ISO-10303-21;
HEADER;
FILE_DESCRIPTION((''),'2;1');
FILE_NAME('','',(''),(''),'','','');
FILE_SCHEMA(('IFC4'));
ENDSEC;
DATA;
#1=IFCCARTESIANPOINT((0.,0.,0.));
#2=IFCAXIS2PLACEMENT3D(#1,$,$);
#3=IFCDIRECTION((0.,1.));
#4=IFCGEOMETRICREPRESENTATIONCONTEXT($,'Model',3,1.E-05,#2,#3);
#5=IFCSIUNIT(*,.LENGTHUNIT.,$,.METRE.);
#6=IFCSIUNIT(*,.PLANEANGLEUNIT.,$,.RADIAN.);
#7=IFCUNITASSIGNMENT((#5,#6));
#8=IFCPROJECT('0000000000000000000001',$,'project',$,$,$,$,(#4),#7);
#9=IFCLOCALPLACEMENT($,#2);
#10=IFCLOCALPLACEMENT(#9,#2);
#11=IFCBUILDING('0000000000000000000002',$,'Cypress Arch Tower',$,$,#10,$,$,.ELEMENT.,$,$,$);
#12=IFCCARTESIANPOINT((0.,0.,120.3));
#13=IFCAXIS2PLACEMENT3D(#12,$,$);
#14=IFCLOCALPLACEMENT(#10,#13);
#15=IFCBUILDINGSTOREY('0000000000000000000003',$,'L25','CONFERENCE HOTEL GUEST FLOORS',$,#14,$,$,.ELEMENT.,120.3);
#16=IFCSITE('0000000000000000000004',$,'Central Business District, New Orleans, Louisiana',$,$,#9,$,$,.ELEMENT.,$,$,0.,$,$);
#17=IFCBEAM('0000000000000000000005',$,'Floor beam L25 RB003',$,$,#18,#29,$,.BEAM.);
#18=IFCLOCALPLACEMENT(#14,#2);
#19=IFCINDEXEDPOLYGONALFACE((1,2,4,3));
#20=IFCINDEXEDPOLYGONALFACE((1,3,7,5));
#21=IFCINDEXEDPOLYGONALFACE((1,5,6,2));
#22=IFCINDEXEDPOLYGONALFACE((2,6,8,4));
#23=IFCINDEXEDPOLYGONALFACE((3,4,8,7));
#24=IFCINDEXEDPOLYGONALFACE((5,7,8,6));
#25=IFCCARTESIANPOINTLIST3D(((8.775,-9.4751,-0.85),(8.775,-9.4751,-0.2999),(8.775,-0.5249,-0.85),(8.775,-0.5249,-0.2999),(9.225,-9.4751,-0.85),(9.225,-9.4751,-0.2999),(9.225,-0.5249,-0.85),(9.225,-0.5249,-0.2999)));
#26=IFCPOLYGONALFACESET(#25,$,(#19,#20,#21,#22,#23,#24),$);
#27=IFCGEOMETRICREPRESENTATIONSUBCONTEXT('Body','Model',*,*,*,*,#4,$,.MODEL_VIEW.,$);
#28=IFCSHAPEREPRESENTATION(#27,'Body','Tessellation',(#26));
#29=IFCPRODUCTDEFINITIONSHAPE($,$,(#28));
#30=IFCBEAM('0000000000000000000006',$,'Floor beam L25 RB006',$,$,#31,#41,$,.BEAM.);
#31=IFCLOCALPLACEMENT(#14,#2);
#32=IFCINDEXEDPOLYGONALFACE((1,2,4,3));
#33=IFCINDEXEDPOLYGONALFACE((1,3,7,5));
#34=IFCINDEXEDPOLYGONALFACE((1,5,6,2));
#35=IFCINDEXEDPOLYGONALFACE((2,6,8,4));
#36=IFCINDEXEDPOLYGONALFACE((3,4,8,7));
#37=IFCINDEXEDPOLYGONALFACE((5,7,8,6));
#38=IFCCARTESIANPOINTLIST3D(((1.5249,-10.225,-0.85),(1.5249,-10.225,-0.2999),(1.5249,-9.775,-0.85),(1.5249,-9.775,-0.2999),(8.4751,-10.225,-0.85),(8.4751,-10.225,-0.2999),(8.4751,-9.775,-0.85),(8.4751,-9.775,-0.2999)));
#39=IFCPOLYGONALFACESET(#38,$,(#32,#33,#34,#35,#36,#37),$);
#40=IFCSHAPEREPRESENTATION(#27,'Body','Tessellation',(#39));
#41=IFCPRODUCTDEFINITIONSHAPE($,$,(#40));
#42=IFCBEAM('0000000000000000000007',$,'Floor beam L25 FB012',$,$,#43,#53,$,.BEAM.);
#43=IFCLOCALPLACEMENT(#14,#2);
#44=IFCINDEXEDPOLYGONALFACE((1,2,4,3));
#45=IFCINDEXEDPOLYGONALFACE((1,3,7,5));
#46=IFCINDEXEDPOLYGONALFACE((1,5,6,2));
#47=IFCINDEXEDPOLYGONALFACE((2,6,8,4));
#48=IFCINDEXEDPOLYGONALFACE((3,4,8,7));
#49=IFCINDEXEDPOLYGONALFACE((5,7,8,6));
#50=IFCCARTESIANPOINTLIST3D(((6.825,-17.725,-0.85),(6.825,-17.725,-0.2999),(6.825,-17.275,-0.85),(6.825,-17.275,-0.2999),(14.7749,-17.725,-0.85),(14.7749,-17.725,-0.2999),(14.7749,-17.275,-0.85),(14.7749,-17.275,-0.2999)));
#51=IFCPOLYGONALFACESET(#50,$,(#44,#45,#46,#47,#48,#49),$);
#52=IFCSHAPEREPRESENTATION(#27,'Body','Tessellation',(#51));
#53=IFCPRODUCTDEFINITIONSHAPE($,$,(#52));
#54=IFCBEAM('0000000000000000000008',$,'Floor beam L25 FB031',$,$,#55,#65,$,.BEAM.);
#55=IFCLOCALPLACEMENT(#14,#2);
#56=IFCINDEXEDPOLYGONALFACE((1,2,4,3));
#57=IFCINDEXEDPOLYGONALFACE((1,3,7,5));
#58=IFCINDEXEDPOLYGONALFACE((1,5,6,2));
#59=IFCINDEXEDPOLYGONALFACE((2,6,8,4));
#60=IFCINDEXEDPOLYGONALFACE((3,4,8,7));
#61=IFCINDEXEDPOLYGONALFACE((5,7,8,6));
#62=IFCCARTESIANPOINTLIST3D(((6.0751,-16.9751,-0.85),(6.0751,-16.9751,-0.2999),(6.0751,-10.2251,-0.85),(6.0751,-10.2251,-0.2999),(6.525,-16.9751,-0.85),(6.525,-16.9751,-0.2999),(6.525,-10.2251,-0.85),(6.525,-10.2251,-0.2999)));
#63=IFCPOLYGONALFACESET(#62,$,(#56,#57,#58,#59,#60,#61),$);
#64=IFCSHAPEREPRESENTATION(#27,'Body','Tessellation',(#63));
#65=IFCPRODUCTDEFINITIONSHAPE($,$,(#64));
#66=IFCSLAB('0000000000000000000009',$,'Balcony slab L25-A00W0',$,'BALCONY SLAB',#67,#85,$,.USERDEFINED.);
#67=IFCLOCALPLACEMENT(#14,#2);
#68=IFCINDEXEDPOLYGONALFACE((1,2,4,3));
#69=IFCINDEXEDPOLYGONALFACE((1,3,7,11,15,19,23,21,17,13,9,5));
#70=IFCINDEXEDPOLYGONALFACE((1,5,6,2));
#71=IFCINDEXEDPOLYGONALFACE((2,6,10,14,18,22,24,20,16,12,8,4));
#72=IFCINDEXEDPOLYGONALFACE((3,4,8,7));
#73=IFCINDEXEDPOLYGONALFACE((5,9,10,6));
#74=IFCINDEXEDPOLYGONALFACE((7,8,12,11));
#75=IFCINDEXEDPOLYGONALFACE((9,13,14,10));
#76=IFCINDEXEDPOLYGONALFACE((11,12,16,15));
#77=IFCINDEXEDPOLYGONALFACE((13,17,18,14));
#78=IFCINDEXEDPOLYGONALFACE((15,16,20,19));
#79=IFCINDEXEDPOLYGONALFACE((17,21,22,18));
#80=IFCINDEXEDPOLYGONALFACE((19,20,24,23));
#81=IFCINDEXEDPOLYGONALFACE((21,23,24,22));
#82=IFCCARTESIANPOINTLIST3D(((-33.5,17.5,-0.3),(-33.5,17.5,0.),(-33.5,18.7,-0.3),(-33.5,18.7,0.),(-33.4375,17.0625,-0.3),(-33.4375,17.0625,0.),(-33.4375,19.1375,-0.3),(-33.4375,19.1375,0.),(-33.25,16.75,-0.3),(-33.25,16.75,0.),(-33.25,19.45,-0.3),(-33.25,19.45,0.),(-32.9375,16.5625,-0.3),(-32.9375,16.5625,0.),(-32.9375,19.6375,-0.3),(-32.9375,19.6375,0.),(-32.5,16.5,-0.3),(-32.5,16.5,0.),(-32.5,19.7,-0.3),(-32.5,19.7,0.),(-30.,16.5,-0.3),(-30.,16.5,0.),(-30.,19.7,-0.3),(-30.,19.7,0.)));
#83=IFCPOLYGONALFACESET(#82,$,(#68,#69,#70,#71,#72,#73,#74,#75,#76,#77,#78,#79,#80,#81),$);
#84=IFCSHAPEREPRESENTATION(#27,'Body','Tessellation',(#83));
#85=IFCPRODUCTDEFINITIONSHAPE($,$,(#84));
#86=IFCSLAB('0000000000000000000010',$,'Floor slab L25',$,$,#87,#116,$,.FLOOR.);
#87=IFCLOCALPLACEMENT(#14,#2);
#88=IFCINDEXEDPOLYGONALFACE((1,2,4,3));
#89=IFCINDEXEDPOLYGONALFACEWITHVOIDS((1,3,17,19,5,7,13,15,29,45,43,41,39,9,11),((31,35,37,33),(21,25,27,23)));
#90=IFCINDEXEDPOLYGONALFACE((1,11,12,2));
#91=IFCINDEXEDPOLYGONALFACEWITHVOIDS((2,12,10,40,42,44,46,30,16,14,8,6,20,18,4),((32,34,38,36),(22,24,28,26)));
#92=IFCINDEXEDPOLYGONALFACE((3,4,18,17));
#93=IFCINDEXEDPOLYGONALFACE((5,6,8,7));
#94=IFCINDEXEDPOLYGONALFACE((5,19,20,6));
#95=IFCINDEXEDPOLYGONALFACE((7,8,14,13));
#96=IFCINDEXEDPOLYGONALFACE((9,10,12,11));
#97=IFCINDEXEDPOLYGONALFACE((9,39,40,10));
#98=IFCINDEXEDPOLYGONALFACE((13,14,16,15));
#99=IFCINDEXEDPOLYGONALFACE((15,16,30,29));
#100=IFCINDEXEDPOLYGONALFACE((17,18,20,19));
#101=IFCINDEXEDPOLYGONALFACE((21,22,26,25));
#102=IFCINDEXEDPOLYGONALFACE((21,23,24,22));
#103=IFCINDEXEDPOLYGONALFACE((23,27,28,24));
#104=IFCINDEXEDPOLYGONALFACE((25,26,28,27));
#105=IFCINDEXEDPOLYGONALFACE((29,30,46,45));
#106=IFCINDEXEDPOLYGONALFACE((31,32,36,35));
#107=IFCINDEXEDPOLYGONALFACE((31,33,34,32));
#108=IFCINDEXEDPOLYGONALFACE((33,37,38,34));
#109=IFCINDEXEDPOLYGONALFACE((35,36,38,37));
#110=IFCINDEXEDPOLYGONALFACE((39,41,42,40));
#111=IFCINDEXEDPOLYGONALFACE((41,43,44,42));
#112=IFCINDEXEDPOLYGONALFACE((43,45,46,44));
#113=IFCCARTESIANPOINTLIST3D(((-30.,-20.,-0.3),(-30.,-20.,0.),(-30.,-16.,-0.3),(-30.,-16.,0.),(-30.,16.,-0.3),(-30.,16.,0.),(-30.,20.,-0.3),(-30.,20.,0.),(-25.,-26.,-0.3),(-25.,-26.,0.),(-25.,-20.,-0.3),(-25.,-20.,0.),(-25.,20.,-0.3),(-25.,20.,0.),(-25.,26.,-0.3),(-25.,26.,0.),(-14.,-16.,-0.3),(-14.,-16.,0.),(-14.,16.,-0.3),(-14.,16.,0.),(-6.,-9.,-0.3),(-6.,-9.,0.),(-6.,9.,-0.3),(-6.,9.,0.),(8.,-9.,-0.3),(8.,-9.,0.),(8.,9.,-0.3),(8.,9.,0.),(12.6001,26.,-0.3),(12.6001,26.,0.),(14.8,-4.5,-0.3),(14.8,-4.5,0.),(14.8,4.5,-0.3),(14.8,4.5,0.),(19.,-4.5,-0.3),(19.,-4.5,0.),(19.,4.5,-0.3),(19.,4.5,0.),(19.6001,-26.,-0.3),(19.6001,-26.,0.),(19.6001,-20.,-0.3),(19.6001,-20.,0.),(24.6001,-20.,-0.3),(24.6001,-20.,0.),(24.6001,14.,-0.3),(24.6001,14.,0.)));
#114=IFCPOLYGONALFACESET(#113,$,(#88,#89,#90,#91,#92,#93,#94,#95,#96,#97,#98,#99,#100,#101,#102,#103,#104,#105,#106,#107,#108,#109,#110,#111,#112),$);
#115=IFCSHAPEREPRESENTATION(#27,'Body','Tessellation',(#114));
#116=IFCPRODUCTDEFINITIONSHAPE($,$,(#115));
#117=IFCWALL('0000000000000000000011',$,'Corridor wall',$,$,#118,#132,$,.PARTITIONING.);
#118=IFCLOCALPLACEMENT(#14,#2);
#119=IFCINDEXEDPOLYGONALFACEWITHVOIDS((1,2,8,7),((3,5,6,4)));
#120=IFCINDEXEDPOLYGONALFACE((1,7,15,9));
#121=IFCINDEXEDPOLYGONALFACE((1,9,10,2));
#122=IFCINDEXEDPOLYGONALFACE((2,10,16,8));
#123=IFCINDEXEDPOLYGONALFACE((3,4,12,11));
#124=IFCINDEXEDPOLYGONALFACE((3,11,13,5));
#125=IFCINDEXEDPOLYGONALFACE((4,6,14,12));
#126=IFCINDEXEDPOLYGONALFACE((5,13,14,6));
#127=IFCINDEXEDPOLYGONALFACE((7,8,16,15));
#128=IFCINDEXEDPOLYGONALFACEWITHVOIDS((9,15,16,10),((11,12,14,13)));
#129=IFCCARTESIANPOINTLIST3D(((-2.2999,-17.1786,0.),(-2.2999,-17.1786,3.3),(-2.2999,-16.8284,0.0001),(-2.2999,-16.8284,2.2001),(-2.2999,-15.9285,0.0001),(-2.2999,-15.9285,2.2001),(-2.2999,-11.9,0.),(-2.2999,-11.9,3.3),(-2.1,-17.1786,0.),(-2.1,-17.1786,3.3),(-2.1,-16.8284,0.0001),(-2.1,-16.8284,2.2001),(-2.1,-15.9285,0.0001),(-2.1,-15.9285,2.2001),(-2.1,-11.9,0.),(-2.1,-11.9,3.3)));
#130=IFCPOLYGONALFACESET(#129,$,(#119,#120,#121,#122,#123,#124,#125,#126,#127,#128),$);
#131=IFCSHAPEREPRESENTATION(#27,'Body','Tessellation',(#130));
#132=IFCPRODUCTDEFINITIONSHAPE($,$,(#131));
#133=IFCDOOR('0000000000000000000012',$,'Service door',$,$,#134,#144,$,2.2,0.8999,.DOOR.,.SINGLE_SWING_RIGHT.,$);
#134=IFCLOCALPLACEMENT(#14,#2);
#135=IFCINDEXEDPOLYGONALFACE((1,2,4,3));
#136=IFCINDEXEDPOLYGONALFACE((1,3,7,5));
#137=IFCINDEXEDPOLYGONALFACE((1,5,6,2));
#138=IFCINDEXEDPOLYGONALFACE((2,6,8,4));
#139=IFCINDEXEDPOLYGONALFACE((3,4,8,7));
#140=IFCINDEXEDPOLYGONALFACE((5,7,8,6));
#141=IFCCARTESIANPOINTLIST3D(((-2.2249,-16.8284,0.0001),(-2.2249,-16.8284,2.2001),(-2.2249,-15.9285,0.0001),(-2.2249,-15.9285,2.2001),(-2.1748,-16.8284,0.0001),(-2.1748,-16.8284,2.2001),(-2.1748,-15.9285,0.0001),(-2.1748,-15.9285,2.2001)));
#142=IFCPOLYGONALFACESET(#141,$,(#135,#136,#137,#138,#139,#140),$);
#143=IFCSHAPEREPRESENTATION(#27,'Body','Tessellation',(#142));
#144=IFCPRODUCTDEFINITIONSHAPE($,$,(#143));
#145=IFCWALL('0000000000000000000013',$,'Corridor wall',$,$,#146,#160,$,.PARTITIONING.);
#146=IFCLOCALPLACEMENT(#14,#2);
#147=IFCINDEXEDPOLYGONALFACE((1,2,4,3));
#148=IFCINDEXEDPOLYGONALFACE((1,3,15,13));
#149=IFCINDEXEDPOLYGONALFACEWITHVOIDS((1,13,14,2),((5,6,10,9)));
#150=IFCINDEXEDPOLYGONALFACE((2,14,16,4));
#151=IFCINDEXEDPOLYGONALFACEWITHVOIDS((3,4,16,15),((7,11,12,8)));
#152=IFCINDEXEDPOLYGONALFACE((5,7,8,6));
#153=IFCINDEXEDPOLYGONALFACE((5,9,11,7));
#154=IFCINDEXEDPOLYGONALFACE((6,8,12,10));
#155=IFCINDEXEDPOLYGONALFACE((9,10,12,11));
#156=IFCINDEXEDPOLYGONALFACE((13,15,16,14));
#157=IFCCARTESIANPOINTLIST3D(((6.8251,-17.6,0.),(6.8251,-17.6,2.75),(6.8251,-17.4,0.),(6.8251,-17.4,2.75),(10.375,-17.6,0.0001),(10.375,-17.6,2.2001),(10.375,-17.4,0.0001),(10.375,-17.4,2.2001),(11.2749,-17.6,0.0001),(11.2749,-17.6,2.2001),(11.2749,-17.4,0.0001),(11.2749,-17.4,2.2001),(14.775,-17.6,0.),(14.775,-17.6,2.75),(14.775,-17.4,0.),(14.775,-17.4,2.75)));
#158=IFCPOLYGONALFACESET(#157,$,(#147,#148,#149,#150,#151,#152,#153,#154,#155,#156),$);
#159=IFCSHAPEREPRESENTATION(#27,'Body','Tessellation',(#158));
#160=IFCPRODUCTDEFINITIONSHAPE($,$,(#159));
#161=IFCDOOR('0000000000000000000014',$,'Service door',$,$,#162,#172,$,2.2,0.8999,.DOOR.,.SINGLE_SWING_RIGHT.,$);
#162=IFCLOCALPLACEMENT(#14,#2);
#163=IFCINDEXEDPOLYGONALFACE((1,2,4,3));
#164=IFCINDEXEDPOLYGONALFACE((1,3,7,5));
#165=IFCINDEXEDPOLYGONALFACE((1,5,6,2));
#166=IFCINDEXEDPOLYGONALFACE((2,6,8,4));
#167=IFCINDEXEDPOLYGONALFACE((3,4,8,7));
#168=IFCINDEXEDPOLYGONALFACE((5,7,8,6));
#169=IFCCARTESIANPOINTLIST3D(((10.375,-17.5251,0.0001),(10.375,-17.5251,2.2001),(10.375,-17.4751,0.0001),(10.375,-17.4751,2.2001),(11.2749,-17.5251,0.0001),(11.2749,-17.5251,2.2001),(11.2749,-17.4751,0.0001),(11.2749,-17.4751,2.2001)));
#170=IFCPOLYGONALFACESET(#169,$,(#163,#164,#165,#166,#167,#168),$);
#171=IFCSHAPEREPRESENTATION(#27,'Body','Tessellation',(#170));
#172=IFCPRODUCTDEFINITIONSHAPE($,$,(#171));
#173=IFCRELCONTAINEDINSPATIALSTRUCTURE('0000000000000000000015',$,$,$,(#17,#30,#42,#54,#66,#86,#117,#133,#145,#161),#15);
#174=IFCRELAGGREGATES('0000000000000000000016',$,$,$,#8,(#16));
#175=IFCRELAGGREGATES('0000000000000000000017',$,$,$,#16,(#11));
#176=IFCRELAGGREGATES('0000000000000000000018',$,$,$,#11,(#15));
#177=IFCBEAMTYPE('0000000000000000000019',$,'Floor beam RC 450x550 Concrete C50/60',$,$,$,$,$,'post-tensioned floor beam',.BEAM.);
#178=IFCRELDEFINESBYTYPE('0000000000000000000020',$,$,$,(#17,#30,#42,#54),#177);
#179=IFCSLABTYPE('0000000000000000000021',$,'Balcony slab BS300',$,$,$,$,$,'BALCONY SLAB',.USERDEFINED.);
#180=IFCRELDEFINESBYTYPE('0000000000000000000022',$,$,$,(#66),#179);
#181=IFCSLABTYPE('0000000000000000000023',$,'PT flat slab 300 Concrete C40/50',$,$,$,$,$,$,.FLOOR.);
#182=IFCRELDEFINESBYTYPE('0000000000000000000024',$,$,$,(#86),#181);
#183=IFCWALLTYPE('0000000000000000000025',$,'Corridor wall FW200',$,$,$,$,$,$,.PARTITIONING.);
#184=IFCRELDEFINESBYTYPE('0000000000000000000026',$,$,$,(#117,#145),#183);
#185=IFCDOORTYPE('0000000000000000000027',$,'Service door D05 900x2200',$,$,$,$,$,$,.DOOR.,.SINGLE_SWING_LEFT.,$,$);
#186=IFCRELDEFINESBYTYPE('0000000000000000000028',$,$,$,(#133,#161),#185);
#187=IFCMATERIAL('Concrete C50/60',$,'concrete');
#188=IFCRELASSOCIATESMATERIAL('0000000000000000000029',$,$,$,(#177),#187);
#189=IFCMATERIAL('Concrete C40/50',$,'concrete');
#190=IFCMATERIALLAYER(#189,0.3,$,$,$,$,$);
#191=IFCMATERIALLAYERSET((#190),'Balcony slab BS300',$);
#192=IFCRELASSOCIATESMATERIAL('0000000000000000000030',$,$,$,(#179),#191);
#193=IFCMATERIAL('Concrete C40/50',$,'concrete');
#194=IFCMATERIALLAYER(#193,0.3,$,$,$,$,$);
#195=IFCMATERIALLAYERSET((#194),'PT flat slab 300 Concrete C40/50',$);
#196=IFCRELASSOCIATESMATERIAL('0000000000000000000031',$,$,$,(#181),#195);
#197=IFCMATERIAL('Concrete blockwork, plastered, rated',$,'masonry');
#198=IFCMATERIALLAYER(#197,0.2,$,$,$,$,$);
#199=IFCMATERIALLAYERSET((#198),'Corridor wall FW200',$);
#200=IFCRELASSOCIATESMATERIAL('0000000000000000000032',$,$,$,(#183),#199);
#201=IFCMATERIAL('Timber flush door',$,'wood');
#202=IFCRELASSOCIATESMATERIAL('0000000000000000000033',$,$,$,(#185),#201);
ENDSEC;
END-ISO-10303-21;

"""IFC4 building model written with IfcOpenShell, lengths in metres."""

from ifc_helpers import new_model, si_unit, direction, frame, frame_2d, origin, origin_2d, place, context, subcontext, project, spatial, polyline, rectangle, outline, extrude, material, layer, layer_set, material_profile, profile_set, type_object, element, fill, save


model = new_model("IFC4")

# Units and contexts
model_context = context("Model", 3, precision=1e-05, world=origin(), true_north=direction((0.0, 1.0)))
body_context = subcontext(model_context, "Body", "Model", "MODEL_VIEW")
ifc_project = project(units=[si_unit("LENGTHUNIT", "METRE"), si_unit("PLANEANGLEUNIT", "RADIAN")], contexts=[model_context])

# Site, building, storey
site_placement = place(None, origin())
site = spatial("IfcSite", under=ifc_project, at=site_placement, Name="Central Business District, New Orleans, Louisiana", CompositionType="ELEMENT", RefElevation=0.0)
building_placement = place(site_placement, origin())
building = spatial("IfcBuilding", under=site, at=building_placement, Name="Cypress Arch Tower", CompositionType="ELEMENT")
storey_placement = place(building_placement, frame((0.0, 0.0, 120.3)))
storey = spatial("IfcBuildingStorey", under=building, at=storey_placement, Name="L25", Description="CONFERENCE HOTEL GUEST FLOORS", CompositionType="ELEMENT", Elevation=120.3)

# Beams
ifc_material_1 = material(Name="Concrete C50/60", Category="concrete")
ifc_material_profile_1 = material_profile(ifc_material_1, rectangle(XDim=0.45, YDim=0.55, at=origin_2d()), Name="RC 450x550")
ifc_profile_set_1 = profile_set([ifc_material_profile_1], Name="Concrete C50/60")
beam_type_1 = type_object("IfcBeamType", Name="Floor beam RC 450x550 Concrete C50/60", ElementType="post-tensioned floor beam", PredefinedType="BEAM", material=ifc_profile_set_1)
beam_1_placement = place(storey_placement, frame((9.0, -9.4751, -0.575), z_axis=(0.0, 1.0, 0.0), x_axis=(-1.0, 0.0, 0.0)))
element("IfcBeam", 1, at=beam_1_placement, inside=storey, type_object=beam_type_1, Name="Floor beam L25 RB003", PredefinedType="BEAM", context=body_context, shape_type="SweptSolid", body=[
    extrude(rectangle(XDim=0.45, YDim=0.55, at=origin_2d()), origin(), (0.0, 0.0, 1.0), 8.9502),
])
beam_2_placement = place(storey_placement, frame((1.5249, -10.0, -0.575), z_axis=(1.0, 0.0, 0.0), x_axis=(0.0, 1.0, 0.0)))
element("IfcBeam", 2, at=beam_2_placement, inside=storey, type_object=beam_type_1, Name="Floor beam L25 RB006", PredefinedType="BEAM", context=body_context, shape_type="SweptSolid", body=[
    extrude(rectangle(XDim=0.45, YDim=0.55, at=origin_2d()), origin(), (0.0, 0.0, 1.0), 6.9502),
])
beam_3_placement = place(storey_placement, frame((6.825, -17.5, -0.575), z_axis=(1.0, 0.0, 0.0), x_axis=(0.0, 1.0, 0.0)))
element("IfcBeam", 3, at=beam_3_placement, inside=storey, type_object=beam_type_1, Name="Floor beam L25 FB012", PredefinedType="BEAM", context=body_context, shape_type="SweptSolid", body=[
    extrude(rectangle(XDim=0.45, YDim=0.55, at=origin_2d()), origin(), (0.0, 0.0, 1.0), 7.95),
])
beam_4_placement = place(storey_placement, frame((6.3, -16.9751, -0.575), z_axis=(0.0, 1.0, 0.0), x_axis=(-1.0, 0.0, 0.0)))
element("IfcBeam", 4, at=beam_4_placement, inside=storey, type_object=beam_type_1, Name="Floor beam L25 FB031", PredefinedType="BEAM", context=body_context, shape_type="SweptSolid", body=[
    extrude(rectangle(XDim=0.45, YDim=0.55, at=origin_2d()), origin(), (0.0, 0.0, 1.0), 6.75),
])

# Slabs
ifc_material_2 = material(Name="Concrete C40/50", Category="concrete")
ifc_layer_1 = layer(ifc_material_2, 0.3)
ifc_layer_set_1 = layer_set([ifc_layer_1], Name="Balcony slab BS300")
slab_type_1 = type_object("IfcSlabType", Name="Balcony slab BS300", ElementType="BALCONY SLAB", PredefinedType="USERDEFINED", material=ifc_layer_set_1)
slab_1_placement = place(storey_placement, frame((0.0, 0.0, -0.3)))
element("IfcSlab", 5, at=slab_1_placement, inside=storey, type_object=slab_type_1, Name="Balcony slab L25-A00W0", ObjectType="BALCONY SLAB", PredefinedType="USERDEFINED", context=body_context, shape_type="SweptSolid", body=[
    extrude(outline(polyline([(-30.0, 19.7), (-32.5, 19.7), (-32.9375, 19.6375), (-33.25, 19.45), (-33.4375, 19.1375), (-33.5, 18.7), (-33.5, 17.5), (-33.4375, 17.0625), (-33.25, 16.75), (-32.9375, 16.5625), (-32.5, 16.5), (-30.0, 16.5), (-30.0, 19.7)])), origin(), (0.0, 0.0, 1.0), 0.3),
])
ifc_material_3 = material(Name="Concrete C40/50", Category="concrete")
ifc_layer_2 = layer(ifc_material_3, 0.3)
ifc_layer_set_2 = layer_set([ifc_layer_2], Name="PT flat slab 300 Concrete C40/50")
slab_type_2 = type_object("IfcSlabType", Name="PT flat slab 300 Concrete C40/50", PredefinedType="FLOOR", material=ifc_layer_set_2)
slab_2_placement = place(storey_placement, frame((0.0, 0.0, -0.3)))
element("IfcSlab", 6, at=slab_2_placement, inside=storey, type_object=slab_type_2, Name="Floor slab L25", PredefinedType="FLOOR", context=body_context, shape_type="SweptSolid", body=[
    extrude(outline(polyline([(-30.0, 20.0), (-25.0, 20.0), (-25.0, 26.0), (12.6001, 26.0), (24.6001, 14.0), (24.6001, -20.0), (19.6001, -20.0), (19.6001, -26.0), (-25.0, -26.0), (-25.0, -20.0), (-30.0, -20.0), (-30.0, -16.0), (-14.0, -16.0), (-14.0, 16.0), (-30.0, 16.0), (-30.0, 20.0)]), holes=[polyline([(-6.0, -9.0), (8.0, -9.0), (8.0, 9.0), (-6.0, 9.0), (-6.0, -9.0)]), polyline([(14.8, -4.5), (19.0, -4.5), (19.0, 4.5), (14.8, 4.5), (14.8, -4.5)])]), origin(), (0.0, 0.0, 1.0), 0.3),
])

# Walls, openings, doors
ifc_material_4 = material(Name="Concrete blockwork, plastered, rated", Category="masonry")
ifc_layer_3 = layer(ifc_material_4, 0.2)
ifc_layer_set_3 = layer_set([ifc_layer_3], Name="Corridor wall FW200")
wall_type_1 = type_object("IfcWallType", Name="Corridor wall FW200", PredefinedType="PARTITIONING", material=ifc_layer_set_3)
wall_1_placement = place(storey_placement, frame((-2.2, -17.1785, 0.0), z_axis=(0.0, 0.0, 1.0), x_axis=(0.0, 1.0, 0.0)))
wall_1 = element("IfcWall", 7, at=wall_1_placement, inside=storey, type_object=wall_type_1, Name="Corridor wall", PredefinedType="PARTITIONING", context=body_context, shape_type="SweptSolid", body=[
    extrude(rectangle(XDim=5.2786, YDim=0.2, at=frame_2d((2.6392, 0.0))), origin(), (0.0, 0.0, 1.0), 3.3),
])
opening_1_placement = place(wall_1_placement, frame((0.3501, 0.0, 0.0)))
opening_1 = element("IfcOpeningElement", 8, at=opening_1_placement, cuts=wall_1, PredefinedType="OPENING", context=body_context, shape_type="SweptSolid", body=[
    extrude(rectangle(XDim=0.8999, YDim=2.2, at=frame_2d((0.45, 1.1001))), frame((0.0, 0.1099, 0.0), z_axis=(0.0, -1.0, 0.0), x_axis=(1.0, 0.0, 0.0)), (0.0, 0.0, 1.0), 0.22),
])
ifc_material_5 = material(Name="Timber flush door", Category="wood")
door_type_1 = type_object("IfcDoorType", Name="Service door D05 900x2200", OperationType="SINGLE_SWING_LEFT", PredefinedType="DOOR", material=ifc_material_5)
door_1_placement = place(opening_1_placement, origin())
door_1 = element("IfcDoor", 9, at=door_1_placement, inside=storey, type_object=door_type_1, Name="Service door", OperationType="SINGLE_SWING_RIGHT", OverallHeight=2.2, OverallWidth=0.8999, PredefinedType="DOOR", context=body_context, shape_type="SweptSolid", body=[
    extrude(rectangle(XDim=0.8999, YDim=2.2, at=frame_2d((0.45, 1.1001))), frame((0.0, 0.0249, 0.0), z_axis=(0.0, -1.0, 0.0), x_axis=(1.0, 0.0, 0.0)), (0.0, 0.0, 1.0), 0.05),
])
fill(opening_1, door_1)
wall_2_placement = place(storey_placement, frame((6.825, -17.5, 0.0), z_axis=(0.0, 0.0, 1.0), x_axis=(1.0, 0.0, 0.0)))
wall_2 = element("IfcWall", 10, at=wall_2_placement, inside=storey, type_object=wall_type_1, Name="Corridor wall", PredefinedType="PARTITIONING", context=body_context, shape_type="SweptSolid", body=[
    extrude(rectangle(XDim=7.95, YDim=0.2, at=frame_2d((3.9751, 0.0))), origin(), (0.0, 0.0, 1.0), 2.75),
])
opening_2_placement = place(wall_2_placement, frame((3.55, 0.0, 0.0)))
opening_2 = element("IfcOpeningElement", 11, at=opening_2_placement, cuts=wall_2, PredefinedType="OPENING", context=body_context, shape_type="SweptSolid", body=[
    extrude(rectangle(XDim=0.8999, YDim=2.2, at=frame_2d((0.45, 1.1001))), frame((0.0, 0.1099, 0.0), z_axis=(0.0, -1.0, 0.0), x_axis=(1.0, 0.0, 0.0)), (0.0, 0.0, 1.0), 0.22),
])
door_2_placement = place(opening_2_placement, origin())
door_2 = element("IfcDoor", 12, at=door_2_placement, inside=storey, type_object=door_type_1, Name="Service door", OperationType="SINGLE_SWING_RIGHT", OverallHeight=2.2, OverallWidth=0.8999, PredefinedType="DOOR", context=body_context, shape_type="SweptSolid", body=[
    extrude(rectangle(XDim=0.8999, YDim=2.2, at=frame_2d((0.45, 1.1001))), frame((0.0, 0.0249, 0.0), z_axis=(0.0, -1.0, 0.0), x_axis=(1.0, 0.0, 0.0)), (0.0, 0.0, 1.0), 0.05),
])
fill(opening_2, door_2)

save(model, "model.ifc")
